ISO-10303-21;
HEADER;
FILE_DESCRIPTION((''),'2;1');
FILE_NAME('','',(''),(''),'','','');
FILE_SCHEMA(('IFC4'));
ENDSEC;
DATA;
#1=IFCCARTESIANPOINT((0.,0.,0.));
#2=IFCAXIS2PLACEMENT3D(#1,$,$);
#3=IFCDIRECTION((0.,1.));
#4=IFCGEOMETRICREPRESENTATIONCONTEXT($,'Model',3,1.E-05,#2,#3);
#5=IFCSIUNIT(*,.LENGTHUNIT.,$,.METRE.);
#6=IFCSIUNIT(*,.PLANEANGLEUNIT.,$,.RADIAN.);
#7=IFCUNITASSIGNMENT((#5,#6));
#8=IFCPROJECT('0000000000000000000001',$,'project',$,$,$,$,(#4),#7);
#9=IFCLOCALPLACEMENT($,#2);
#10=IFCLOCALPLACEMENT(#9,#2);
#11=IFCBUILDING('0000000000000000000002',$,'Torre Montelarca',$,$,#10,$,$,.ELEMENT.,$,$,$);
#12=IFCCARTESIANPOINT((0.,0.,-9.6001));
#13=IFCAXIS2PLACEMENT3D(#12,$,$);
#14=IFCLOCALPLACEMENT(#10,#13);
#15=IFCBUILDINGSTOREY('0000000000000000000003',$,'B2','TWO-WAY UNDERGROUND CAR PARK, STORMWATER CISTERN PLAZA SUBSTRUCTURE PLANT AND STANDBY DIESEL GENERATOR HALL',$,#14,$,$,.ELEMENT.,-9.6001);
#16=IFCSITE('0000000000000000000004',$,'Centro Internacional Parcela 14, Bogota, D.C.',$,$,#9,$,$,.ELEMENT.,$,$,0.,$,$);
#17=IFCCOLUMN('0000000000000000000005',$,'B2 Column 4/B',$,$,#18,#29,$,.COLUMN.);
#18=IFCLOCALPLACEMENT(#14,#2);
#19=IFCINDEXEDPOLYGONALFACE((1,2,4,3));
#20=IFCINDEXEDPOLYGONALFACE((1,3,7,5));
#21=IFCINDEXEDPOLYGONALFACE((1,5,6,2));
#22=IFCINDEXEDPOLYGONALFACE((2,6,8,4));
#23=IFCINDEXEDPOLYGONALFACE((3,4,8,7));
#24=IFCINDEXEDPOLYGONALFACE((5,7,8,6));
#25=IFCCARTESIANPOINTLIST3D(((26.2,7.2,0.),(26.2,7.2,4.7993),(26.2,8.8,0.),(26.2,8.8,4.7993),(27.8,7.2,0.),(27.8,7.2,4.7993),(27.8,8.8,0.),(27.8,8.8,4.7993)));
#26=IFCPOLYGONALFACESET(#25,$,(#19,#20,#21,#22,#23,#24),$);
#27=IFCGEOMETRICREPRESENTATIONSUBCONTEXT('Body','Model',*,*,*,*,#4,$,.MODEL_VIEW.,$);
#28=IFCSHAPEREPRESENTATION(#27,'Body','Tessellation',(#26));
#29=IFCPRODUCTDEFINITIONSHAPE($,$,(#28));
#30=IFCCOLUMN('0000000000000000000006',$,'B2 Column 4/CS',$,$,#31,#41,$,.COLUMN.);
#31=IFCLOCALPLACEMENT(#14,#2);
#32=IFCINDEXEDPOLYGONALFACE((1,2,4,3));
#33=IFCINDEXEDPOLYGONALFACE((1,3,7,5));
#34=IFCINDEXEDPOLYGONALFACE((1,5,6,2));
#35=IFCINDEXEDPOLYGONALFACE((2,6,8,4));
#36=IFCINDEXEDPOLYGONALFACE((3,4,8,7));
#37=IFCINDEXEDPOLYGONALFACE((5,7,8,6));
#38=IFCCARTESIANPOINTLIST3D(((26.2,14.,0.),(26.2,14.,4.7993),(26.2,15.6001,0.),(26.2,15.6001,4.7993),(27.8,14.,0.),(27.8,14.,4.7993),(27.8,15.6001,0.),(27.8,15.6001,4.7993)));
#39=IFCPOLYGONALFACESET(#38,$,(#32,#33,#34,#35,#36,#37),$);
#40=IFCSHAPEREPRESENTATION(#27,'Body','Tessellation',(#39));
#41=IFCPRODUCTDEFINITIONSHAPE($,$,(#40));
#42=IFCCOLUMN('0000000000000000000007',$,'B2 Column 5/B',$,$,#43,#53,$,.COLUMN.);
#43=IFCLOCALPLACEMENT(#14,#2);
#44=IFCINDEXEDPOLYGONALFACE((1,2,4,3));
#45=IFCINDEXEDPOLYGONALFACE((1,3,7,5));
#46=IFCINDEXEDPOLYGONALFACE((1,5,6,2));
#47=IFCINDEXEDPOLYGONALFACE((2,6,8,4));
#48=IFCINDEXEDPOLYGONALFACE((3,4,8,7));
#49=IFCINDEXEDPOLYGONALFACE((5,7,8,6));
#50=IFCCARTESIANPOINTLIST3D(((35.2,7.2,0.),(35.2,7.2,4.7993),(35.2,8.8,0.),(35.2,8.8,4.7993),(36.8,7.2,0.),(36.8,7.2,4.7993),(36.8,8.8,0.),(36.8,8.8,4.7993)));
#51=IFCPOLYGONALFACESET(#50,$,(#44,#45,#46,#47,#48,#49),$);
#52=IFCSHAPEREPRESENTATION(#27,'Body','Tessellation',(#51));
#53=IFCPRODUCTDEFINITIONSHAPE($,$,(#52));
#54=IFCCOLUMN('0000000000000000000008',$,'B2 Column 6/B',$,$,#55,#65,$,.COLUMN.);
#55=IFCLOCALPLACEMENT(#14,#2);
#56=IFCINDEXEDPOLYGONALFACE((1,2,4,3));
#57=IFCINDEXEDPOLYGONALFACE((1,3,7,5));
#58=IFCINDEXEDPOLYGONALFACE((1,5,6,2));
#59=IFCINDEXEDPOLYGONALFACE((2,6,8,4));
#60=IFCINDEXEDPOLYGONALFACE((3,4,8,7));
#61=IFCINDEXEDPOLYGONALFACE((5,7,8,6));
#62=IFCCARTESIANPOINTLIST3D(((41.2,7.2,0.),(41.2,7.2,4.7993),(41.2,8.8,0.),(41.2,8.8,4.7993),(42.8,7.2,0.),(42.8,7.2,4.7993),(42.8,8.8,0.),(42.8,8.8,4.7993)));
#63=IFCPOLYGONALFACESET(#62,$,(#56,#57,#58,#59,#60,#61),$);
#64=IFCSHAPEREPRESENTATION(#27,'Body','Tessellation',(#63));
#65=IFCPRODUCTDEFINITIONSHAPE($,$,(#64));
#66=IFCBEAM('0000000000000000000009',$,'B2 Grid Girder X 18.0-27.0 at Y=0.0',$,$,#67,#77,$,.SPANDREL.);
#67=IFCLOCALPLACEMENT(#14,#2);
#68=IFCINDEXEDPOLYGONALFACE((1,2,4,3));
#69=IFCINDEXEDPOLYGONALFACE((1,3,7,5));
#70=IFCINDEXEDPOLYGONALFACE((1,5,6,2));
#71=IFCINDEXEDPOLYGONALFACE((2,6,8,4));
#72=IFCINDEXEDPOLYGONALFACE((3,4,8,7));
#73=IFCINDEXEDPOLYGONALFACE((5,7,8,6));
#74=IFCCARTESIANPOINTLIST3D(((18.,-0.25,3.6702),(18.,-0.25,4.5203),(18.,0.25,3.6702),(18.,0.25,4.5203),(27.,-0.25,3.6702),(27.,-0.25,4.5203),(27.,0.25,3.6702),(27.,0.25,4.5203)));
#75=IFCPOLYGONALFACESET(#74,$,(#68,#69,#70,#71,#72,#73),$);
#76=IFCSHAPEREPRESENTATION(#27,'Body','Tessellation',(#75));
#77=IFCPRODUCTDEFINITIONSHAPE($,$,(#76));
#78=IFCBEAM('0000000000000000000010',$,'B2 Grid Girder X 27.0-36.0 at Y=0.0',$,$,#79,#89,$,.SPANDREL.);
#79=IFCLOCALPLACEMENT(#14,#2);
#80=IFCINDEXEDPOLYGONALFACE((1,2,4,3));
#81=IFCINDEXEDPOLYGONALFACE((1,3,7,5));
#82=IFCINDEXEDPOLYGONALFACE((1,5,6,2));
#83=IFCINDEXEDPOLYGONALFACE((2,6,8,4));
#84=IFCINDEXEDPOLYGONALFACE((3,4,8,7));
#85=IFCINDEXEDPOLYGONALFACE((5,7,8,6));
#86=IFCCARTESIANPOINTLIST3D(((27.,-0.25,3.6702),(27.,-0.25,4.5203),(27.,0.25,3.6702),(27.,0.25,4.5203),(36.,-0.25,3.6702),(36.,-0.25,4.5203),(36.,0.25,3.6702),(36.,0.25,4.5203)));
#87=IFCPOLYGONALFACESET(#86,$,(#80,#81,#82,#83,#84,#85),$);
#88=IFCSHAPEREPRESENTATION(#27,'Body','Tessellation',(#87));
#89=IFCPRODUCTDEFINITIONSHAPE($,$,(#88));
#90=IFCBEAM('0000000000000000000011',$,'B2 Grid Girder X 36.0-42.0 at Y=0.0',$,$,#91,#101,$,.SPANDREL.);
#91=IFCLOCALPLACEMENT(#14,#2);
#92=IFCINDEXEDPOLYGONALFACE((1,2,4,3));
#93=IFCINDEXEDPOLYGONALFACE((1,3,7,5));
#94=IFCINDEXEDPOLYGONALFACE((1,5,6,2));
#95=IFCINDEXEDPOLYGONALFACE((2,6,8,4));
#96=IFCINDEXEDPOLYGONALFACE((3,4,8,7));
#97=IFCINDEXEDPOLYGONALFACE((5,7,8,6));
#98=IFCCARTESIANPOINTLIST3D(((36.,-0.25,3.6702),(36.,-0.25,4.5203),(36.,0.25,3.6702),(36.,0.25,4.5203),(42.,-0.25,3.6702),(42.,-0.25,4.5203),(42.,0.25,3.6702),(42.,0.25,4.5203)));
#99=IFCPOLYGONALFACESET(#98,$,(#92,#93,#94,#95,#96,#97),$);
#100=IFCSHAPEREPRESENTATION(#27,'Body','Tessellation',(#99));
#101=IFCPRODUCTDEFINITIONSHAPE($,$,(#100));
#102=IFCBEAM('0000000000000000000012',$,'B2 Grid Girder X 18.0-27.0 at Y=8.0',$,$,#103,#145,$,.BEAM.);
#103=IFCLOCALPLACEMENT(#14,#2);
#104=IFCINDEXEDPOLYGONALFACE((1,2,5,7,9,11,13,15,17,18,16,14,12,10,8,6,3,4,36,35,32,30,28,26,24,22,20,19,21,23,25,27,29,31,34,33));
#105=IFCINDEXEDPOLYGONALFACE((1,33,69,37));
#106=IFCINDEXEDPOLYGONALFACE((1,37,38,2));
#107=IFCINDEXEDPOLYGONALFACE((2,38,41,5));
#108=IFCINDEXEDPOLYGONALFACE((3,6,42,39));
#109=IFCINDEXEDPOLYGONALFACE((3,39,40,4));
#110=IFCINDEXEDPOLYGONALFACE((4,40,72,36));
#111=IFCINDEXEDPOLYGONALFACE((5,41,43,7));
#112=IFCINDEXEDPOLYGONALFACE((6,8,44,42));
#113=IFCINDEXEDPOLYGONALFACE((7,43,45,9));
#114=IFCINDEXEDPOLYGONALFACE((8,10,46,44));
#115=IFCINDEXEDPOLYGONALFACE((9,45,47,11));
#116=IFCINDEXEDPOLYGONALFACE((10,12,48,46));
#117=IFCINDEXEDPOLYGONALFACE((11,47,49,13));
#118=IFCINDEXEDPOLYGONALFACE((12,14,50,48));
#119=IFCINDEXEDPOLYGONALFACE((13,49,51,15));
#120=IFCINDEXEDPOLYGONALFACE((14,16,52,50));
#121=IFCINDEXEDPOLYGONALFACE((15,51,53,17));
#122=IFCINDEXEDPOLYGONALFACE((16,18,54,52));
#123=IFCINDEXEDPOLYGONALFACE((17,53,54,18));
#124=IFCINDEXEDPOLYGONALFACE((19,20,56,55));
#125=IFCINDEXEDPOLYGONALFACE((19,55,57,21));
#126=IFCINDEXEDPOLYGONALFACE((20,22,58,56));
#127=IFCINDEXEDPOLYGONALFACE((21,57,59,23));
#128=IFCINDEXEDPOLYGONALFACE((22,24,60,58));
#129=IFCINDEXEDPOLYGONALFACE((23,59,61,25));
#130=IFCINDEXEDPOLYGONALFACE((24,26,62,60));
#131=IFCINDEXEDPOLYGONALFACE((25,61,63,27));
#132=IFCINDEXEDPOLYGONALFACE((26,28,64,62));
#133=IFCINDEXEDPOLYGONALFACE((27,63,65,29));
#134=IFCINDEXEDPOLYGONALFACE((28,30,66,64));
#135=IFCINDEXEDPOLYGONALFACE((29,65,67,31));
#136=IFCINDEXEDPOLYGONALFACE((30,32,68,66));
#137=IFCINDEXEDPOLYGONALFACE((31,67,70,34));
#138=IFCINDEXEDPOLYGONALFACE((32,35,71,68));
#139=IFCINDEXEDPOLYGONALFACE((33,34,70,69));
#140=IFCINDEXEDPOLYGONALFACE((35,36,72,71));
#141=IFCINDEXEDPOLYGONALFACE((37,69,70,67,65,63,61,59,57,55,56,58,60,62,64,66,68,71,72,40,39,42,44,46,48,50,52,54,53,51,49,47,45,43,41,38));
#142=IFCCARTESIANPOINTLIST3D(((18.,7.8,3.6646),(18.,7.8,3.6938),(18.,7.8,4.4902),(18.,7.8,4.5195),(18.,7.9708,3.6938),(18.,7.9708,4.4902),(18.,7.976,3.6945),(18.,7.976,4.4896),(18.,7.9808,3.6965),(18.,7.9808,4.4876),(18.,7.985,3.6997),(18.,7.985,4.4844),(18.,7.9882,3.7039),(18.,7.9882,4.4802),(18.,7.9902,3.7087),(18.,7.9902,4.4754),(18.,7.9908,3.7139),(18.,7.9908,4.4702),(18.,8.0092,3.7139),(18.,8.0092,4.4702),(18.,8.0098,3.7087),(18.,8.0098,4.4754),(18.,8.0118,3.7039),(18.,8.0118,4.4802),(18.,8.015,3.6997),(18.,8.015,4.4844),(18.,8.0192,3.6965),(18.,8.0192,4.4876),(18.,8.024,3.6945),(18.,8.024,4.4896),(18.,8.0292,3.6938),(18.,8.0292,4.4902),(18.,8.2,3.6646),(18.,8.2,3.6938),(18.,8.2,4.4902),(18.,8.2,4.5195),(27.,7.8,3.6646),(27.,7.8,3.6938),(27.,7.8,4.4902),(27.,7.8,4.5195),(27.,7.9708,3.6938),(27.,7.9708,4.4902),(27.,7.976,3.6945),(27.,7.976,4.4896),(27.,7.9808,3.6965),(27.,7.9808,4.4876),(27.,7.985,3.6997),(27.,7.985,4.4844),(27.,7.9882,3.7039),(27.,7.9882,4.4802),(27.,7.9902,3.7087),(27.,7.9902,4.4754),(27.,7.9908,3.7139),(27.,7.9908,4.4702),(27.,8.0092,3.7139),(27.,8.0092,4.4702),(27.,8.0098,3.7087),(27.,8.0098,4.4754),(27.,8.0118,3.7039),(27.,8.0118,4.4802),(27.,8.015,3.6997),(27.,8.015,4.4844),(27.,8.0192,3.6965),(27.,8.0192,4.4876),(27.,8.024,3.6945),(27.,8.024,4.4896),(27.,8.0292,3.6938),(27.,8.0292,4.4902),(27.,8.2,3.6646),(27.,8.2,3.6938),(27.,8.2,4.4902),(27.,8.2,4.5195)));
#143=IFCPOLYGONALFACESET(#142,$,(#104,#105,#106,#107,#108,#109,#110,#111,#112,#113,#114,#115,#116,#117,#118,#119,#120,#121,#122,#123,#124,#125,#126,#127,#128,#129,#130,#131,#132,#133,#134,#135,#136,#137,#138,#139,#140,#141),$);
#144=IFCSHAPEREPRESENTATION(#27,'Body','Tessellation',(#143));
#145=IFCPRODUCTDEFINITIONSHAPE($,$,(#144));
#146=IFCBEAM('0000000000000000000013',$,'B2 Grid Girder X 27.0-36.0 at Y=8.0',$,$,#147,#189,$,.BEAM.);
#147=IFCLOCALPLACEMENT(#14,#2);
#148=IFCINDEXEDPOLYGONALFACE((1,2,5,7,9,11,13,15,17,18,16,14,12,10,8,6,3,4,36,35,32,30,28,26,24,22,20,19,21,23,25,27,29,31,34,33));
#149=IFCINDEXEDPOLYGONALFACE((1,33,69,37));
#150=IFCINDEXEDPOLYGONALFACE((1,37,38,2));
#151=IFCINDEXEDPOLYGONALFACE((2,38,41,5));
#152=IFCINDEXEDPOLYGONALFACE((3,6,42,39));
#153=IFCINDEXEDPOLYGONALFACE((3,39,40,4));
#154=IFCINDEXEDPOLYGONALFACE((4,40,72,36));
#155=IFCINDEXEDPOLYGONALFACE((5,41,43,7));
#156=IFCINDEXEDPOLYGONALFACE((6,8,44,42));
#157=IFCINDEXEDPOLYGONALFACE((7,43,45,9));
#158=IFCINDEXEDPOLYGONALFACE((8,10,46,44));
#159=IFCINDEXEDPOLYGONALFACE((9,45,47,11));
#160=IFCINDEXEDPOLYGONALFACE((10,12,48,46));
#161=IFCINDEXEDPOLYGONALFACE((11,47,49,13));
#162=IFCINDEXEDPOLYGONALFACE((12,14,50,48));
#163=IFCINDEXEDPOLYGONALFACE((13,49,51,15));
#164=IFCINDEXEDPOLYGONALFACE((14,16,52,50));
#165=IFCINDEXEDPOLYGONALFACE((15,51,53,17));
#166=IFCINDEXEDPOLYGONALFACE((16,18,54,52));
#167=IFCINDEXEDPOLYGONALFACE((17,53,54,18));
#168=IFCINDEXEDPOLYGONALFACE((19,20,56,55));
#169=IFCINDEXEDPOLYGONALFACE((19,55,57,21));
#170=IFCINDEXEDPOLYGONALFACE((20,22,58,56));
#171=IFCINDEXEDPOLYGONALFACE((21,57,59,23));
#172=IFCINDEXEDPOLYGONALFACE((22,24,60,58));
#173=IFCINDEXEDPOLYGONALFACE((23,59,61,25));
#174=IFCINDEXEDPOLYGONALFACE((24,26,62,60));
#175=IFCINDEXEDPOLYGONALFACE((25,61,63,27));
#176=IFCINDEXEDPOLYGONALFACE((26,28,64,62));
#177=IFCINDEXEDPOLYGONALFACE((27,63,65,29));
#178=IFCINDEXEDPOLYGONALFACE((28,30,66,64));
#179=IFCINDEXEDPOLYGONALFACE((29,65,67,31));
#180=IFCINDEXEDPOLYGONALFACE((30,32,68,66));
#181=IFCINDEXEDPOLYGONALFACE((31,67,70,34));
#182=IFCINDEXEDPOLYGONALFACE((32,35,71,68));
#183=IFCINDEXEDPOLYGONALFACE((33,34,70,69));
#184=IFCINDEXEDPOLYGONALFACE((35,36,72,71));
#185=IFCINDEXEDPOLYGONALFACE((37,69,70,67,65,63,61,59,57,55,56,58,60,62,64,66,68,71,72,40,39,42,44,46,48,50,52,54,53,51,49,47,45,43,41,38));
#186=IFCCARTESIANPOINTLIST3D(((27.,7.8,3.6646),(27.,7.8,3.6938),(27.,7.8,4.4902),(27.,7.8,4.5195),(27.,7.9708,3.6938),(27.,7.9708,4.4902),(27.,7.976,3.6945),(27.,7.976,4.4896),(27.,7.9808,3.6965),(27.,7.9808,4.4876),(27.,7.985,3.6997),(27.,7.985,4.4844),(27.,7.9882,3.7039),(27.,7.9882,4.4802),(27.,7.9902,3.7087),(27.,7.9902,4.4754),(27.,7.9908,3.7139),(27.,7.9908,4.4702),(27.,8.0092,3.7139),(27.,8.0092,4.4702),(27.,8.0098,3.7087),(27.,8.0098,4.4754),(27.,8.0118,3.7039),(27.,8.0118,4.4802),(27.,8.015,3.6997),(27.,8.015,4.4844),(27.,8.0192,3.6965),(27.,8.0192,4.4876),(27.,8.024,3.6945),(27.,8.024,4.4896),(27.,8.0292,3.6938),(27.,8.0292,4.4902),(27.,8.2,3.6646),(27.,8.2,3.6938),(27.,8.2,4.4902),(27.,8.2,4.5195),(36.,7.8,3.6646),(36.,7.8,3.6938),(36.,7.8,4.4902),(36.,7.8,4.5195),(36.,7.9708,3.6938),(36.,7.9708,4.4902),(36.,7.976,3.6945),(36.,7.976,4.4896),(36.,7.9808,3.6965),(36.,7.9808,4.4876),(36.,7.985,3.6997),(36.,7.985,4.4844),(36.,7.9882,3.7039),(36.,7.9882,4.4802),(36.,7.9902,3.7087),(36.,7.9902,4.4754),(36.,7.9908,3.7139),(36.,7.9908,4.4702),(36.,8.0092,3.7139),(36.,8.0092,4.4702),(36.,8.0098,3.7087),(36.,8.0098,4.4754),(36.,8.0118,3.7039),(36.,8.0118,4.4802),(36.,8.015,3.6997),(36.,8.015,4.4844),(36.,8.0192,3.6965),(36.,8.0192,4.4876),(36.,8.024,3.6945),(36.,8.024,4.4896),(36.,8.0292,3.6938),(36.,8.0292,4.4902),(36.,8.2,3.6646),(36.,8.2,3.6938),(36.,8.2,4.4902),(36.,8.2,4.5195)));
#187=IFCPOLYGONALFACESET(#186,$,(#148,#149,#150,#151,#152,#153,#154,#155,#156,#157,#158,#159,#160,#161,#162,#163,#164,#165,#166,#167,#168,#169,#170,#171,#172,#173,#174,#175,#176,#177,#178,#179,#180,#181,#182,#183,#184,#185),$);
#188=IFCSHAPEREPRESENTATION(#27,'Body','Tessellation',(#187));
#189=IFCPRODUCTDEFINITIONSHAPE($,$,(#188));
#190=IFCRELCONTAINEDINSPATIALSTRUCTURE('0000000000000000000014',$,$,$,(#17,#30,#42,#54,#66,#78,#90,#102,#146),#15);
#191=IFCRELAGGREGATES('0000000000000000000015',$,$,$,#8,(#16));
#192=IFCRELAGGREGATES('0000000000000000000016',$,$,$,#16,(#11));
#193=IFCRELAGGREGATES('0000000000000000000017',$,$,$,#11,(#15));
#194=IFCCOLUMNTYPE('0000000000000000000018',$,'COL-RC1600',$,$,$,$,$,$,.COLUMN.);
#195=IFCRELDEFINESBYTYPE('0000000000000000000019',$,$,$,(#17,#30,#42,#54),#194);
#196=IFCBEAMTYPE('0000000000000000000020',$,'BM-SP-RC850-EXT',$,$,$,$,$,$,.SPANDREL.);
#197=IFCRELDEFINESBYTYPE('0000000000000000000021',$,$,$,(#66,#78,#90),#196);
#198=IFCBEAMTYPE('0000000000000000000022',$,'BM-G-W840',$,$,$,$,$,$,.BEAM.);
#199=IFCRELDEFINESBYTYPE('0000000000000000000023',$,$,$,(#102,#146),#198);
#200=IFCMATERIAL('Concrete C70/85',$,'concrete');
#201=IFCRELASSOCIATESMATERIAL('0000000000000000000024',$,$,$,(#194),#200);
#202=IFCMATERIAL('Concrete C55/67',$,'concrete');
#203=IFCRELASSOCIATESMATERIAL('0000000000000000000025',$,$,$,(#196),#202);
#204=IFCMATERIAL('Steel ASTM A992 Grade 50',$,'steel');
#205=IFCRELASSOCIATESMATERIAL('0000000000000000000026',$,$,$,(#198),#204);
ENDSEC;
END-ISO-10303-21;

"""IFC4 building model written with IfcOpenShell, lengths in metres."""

from ifc_helpers import new_model, si_unit, direction, frame, origin, origin_2d, place, context, subcontext, project, spatial, rectangle, i_section, extrude, source, transform, mapped, material, material_profile, profile_set, type_object, element, save


model = new_model("IFC4")

# Units and contexts
model_context = context("Model", 3, precision=1e-05, world=origin(), true_north=direction((0.0, 1.0)))
body_context = subcontext(model_context, "Body", "Model", "MODEL_VIEW")
ifc_project = project(units=[si_unit("LENGTHUNIT", "METRE"), si_unit("PLANEANGLEUNIT", "RADIAN")], contexts=[model_context])

# Site, building, storey
site_placement = place(None, origin())
site = spatial("IfcSite", under=ifc_project, at=site_placement, Name="Centro Internacional Parcela 14, Bogota, D.C.", CompositionType="ELEMENT", RefElevation=0.0)
building_placement = place(site_placement, origin())
building = spatial("IfcBuilding", under=site, at=building_placement, Name="Torre Montelarca", CompositionType="ELEMENT")
storey_placement = place(building_placement, frame((0.0, 0.0, -9.6001)))
storey = spatial("IfcBuildingStorey", under=building, at=storey_placement, Name="B2", Description="TWO-WAY UNDERGROUND CAR PARK, STORMWATER CISTERN PLAZA SUBSTRUCTURE PLANT AND STANDBY DIESEL GENERATOR HALL", CompositionType="ELEMENT", Elevation=-9.6001)

# Columns
ifc_material_1 = material(Name="Concrete C70/85", Category="concrete")
ifc_material_profile_1 = material_profile(ifc_material_1, rectangle(XDim=1.6001, YDim=1.6001, at=origin_2d()), Name="RC1600X1600", Category="concrete")
ifc_profile_set_1 = profile_set([ifc_material_profile_1], Name="Concrete C70/85")
column_type_1 = type_object("IfcColumnType", Name="COL-RC1600", PredefinedType="COLUMN", material=ifc_profile_set_1)
shared_shape_1 = source(origin(), body_context, "Body", "SweptSolid", [
    extrude(rectangle(XDim=1.6001, YDim=1.6001, at=origin_2d()), origin(), (0.0, 0.0, 1.0), 4.7993),
])
for number, where, z_axis, x_axis, name in (
    (1, (27.0, 8.0, 0.0), (0.0, 0.0, 1.0), (1.0, 0.0, 0.0), "B2 Column 4/B"),
    (2, (27.0, 14.8, 0.0), (0.0, 0.0, 1.0), (1.0, 0.0, 0.0), "B2 Column 4/CS"),
    (3, (36.0, 8.0, 0.0), (0.0, 0.0, 1.0), (1.0, 0.0, 0.0), "B2 Column 5/B"),
    (4, (42.0, 8.0, 0.0), (0.0, 0.0, 1.0), (1.0, 0.0, 0.0), "B2 Column 6/B"),
):
    element("IfcColumn", number, at=place(storey_placement, frame(where, z_axis=z_axis, x_axis=x_axis)), inside=storey, type_object=column_type_1, Name=name, PredefinedType="COLUMN", context=body_context, shape_type="MappedRepresentation", body=[
        mapped(shared_shape_1, transform((0.0, 0.0, 0.0), scale=1.0)),
    ])

# Beams
ifc_material_2 = material(Name="Concrete C55/67", Category="concrete")
ifc_material_profile_2 = material_profile(ifc_material_2, rectangle(XDim=0.5, YDim=0.8501, at=origin_2d()), Name="RCB500X850", Category="concrete")
ifc_profile_set_2 = profile_set([ifc_material_profile_2], Name="Concrete C55/67")
beam_type_1 = type_object("IfcBeamType", Name="BM-SP-RC850-EXT", PredefinedType="SPANDREL", material=ifc_profile_set_2)
shared_shape_2 = source(origin(), body_context, "Body", "SweptSolid", [
    extrude(rectangle(XDim=0.5, YDim=0.8501, at=origin_2d()), origin(), (0.0, 0.0, 1.0), 9.0),
])
for number, where, z_axis, x_axis, name in (
    (5, (18.0, 0.0, 4.0952), (1.0, 0.0, 0.0), (0.0, 1.0, 0.0), "B2 Grid Girder X 18.0-27.0 at Y=0.0"),
    (6, (27.0, 0.0, 4.0952), (1.0, 0.0, 0.0), (0.0, 1.0, 0.0), "B2 Grid Girder X 27.0-36.0 at Y=0.0"),
):
    element("IfcBeam", number, at=place(storey_placement, frame(where, z_axis=z_axis, x_axis=x_axis)), inside=storey, type_object=beam_type_1, Name=name, PredefinedType="SPANDREL", context=body_context, shape_type="MappedRepresentation", body=[
        mapped(shared_shape_2, transform((0.0, 0.0, 0.0), scale=1.0)),
    ])
shared_shape_3 = source(origin(), body_context, "Body", "SweptSolid", [
    extrude(rectangle(XDim=0.5, YDim=0.8501, at=origin_2d()), origin(), (0.0, 0.0, 1.0), 6.0),
])
beam_1_placement = place(storey_placement, frame((36.0, 0.0, 4.0952), z_axis=(1.0, 0.0, 0.0), x_axis=(0.0, 1.0, 0.0)))
element("IfcBeam", 7, at=beam_1_placement, inside=storey, type_object=beam_type_1, Name="B2 Grid Girder X 36.0-42.0 at Y=0.0", PredefinedType="SPANDREL", context=body_context, shape_type="MappedRepresentation", body=[
    mapped(shared_shape_3, transform((0.0, 0.0, 0.0), scale=1.0)),
])
ifc_material_3 = material(Name="Steel ASTM A992 Grade 50", Category="steel")
ifc_material_profile_3 = material_profile(ifc_material_3, i_section(OverallWidth=0.3999, OverallDepth=0.855, WebThickness=0.0183, FlangeThickness=0.0293, FilletRadius=0.02, at=origin_2d()), Name="W840X299", Category="steel")
ifc_profile_set_3 = profile_set([ifc_material_profile_3], Name="Steel ASTM A992 Grade 50")
beam_type_2 = type_object("IfcBeamType", Name="BM-G-W840", PredefinedType="BEAM", material=ifc_profile_set_3)
shared_shape_4 = source(origin(), body_context, "Body", "SweptSolid", [
    extrude(i_section(OverallWidth=0.3999, OverallDepth=0.855, WebThickness=0.0183, FlangeThickness=0.0293, FilletRadius=0.02, at=origin_2d()), origin(), (0.0, 0.0, 1.0), 9.0),
])
for number, where, z_axis, x_axis, name in (
    (8, (18.0, 8.0, 4.092), (1.0, 0.0, 0.0), (0.0, 1.0, 0.0), "B2 Grid Girder X 18.0-27.0 at Y=8.0"),
    (9, (27.0, 8.0, 4.092), (1.0, 0.0, 0.0), (0.0, 1.0, 0.0), "B2 Grid Girder X 27.0-36.0 at Y=8.0"),
):
    element("IfcBeam", number, at=place(storey_placement, frame(where, z_axis=z_axis, x_axis=x_axis)), inside=storey, type_object=beam_type_2, Name=name, PredefinedType="BEAM", context=body_context, shape_type="MappedRepresentation", body=[
        mapped(shared_shape_4, transform((0.0, 0.0, 0.0), scale=1.0)),
    ])

save(model, "model.ifc")
